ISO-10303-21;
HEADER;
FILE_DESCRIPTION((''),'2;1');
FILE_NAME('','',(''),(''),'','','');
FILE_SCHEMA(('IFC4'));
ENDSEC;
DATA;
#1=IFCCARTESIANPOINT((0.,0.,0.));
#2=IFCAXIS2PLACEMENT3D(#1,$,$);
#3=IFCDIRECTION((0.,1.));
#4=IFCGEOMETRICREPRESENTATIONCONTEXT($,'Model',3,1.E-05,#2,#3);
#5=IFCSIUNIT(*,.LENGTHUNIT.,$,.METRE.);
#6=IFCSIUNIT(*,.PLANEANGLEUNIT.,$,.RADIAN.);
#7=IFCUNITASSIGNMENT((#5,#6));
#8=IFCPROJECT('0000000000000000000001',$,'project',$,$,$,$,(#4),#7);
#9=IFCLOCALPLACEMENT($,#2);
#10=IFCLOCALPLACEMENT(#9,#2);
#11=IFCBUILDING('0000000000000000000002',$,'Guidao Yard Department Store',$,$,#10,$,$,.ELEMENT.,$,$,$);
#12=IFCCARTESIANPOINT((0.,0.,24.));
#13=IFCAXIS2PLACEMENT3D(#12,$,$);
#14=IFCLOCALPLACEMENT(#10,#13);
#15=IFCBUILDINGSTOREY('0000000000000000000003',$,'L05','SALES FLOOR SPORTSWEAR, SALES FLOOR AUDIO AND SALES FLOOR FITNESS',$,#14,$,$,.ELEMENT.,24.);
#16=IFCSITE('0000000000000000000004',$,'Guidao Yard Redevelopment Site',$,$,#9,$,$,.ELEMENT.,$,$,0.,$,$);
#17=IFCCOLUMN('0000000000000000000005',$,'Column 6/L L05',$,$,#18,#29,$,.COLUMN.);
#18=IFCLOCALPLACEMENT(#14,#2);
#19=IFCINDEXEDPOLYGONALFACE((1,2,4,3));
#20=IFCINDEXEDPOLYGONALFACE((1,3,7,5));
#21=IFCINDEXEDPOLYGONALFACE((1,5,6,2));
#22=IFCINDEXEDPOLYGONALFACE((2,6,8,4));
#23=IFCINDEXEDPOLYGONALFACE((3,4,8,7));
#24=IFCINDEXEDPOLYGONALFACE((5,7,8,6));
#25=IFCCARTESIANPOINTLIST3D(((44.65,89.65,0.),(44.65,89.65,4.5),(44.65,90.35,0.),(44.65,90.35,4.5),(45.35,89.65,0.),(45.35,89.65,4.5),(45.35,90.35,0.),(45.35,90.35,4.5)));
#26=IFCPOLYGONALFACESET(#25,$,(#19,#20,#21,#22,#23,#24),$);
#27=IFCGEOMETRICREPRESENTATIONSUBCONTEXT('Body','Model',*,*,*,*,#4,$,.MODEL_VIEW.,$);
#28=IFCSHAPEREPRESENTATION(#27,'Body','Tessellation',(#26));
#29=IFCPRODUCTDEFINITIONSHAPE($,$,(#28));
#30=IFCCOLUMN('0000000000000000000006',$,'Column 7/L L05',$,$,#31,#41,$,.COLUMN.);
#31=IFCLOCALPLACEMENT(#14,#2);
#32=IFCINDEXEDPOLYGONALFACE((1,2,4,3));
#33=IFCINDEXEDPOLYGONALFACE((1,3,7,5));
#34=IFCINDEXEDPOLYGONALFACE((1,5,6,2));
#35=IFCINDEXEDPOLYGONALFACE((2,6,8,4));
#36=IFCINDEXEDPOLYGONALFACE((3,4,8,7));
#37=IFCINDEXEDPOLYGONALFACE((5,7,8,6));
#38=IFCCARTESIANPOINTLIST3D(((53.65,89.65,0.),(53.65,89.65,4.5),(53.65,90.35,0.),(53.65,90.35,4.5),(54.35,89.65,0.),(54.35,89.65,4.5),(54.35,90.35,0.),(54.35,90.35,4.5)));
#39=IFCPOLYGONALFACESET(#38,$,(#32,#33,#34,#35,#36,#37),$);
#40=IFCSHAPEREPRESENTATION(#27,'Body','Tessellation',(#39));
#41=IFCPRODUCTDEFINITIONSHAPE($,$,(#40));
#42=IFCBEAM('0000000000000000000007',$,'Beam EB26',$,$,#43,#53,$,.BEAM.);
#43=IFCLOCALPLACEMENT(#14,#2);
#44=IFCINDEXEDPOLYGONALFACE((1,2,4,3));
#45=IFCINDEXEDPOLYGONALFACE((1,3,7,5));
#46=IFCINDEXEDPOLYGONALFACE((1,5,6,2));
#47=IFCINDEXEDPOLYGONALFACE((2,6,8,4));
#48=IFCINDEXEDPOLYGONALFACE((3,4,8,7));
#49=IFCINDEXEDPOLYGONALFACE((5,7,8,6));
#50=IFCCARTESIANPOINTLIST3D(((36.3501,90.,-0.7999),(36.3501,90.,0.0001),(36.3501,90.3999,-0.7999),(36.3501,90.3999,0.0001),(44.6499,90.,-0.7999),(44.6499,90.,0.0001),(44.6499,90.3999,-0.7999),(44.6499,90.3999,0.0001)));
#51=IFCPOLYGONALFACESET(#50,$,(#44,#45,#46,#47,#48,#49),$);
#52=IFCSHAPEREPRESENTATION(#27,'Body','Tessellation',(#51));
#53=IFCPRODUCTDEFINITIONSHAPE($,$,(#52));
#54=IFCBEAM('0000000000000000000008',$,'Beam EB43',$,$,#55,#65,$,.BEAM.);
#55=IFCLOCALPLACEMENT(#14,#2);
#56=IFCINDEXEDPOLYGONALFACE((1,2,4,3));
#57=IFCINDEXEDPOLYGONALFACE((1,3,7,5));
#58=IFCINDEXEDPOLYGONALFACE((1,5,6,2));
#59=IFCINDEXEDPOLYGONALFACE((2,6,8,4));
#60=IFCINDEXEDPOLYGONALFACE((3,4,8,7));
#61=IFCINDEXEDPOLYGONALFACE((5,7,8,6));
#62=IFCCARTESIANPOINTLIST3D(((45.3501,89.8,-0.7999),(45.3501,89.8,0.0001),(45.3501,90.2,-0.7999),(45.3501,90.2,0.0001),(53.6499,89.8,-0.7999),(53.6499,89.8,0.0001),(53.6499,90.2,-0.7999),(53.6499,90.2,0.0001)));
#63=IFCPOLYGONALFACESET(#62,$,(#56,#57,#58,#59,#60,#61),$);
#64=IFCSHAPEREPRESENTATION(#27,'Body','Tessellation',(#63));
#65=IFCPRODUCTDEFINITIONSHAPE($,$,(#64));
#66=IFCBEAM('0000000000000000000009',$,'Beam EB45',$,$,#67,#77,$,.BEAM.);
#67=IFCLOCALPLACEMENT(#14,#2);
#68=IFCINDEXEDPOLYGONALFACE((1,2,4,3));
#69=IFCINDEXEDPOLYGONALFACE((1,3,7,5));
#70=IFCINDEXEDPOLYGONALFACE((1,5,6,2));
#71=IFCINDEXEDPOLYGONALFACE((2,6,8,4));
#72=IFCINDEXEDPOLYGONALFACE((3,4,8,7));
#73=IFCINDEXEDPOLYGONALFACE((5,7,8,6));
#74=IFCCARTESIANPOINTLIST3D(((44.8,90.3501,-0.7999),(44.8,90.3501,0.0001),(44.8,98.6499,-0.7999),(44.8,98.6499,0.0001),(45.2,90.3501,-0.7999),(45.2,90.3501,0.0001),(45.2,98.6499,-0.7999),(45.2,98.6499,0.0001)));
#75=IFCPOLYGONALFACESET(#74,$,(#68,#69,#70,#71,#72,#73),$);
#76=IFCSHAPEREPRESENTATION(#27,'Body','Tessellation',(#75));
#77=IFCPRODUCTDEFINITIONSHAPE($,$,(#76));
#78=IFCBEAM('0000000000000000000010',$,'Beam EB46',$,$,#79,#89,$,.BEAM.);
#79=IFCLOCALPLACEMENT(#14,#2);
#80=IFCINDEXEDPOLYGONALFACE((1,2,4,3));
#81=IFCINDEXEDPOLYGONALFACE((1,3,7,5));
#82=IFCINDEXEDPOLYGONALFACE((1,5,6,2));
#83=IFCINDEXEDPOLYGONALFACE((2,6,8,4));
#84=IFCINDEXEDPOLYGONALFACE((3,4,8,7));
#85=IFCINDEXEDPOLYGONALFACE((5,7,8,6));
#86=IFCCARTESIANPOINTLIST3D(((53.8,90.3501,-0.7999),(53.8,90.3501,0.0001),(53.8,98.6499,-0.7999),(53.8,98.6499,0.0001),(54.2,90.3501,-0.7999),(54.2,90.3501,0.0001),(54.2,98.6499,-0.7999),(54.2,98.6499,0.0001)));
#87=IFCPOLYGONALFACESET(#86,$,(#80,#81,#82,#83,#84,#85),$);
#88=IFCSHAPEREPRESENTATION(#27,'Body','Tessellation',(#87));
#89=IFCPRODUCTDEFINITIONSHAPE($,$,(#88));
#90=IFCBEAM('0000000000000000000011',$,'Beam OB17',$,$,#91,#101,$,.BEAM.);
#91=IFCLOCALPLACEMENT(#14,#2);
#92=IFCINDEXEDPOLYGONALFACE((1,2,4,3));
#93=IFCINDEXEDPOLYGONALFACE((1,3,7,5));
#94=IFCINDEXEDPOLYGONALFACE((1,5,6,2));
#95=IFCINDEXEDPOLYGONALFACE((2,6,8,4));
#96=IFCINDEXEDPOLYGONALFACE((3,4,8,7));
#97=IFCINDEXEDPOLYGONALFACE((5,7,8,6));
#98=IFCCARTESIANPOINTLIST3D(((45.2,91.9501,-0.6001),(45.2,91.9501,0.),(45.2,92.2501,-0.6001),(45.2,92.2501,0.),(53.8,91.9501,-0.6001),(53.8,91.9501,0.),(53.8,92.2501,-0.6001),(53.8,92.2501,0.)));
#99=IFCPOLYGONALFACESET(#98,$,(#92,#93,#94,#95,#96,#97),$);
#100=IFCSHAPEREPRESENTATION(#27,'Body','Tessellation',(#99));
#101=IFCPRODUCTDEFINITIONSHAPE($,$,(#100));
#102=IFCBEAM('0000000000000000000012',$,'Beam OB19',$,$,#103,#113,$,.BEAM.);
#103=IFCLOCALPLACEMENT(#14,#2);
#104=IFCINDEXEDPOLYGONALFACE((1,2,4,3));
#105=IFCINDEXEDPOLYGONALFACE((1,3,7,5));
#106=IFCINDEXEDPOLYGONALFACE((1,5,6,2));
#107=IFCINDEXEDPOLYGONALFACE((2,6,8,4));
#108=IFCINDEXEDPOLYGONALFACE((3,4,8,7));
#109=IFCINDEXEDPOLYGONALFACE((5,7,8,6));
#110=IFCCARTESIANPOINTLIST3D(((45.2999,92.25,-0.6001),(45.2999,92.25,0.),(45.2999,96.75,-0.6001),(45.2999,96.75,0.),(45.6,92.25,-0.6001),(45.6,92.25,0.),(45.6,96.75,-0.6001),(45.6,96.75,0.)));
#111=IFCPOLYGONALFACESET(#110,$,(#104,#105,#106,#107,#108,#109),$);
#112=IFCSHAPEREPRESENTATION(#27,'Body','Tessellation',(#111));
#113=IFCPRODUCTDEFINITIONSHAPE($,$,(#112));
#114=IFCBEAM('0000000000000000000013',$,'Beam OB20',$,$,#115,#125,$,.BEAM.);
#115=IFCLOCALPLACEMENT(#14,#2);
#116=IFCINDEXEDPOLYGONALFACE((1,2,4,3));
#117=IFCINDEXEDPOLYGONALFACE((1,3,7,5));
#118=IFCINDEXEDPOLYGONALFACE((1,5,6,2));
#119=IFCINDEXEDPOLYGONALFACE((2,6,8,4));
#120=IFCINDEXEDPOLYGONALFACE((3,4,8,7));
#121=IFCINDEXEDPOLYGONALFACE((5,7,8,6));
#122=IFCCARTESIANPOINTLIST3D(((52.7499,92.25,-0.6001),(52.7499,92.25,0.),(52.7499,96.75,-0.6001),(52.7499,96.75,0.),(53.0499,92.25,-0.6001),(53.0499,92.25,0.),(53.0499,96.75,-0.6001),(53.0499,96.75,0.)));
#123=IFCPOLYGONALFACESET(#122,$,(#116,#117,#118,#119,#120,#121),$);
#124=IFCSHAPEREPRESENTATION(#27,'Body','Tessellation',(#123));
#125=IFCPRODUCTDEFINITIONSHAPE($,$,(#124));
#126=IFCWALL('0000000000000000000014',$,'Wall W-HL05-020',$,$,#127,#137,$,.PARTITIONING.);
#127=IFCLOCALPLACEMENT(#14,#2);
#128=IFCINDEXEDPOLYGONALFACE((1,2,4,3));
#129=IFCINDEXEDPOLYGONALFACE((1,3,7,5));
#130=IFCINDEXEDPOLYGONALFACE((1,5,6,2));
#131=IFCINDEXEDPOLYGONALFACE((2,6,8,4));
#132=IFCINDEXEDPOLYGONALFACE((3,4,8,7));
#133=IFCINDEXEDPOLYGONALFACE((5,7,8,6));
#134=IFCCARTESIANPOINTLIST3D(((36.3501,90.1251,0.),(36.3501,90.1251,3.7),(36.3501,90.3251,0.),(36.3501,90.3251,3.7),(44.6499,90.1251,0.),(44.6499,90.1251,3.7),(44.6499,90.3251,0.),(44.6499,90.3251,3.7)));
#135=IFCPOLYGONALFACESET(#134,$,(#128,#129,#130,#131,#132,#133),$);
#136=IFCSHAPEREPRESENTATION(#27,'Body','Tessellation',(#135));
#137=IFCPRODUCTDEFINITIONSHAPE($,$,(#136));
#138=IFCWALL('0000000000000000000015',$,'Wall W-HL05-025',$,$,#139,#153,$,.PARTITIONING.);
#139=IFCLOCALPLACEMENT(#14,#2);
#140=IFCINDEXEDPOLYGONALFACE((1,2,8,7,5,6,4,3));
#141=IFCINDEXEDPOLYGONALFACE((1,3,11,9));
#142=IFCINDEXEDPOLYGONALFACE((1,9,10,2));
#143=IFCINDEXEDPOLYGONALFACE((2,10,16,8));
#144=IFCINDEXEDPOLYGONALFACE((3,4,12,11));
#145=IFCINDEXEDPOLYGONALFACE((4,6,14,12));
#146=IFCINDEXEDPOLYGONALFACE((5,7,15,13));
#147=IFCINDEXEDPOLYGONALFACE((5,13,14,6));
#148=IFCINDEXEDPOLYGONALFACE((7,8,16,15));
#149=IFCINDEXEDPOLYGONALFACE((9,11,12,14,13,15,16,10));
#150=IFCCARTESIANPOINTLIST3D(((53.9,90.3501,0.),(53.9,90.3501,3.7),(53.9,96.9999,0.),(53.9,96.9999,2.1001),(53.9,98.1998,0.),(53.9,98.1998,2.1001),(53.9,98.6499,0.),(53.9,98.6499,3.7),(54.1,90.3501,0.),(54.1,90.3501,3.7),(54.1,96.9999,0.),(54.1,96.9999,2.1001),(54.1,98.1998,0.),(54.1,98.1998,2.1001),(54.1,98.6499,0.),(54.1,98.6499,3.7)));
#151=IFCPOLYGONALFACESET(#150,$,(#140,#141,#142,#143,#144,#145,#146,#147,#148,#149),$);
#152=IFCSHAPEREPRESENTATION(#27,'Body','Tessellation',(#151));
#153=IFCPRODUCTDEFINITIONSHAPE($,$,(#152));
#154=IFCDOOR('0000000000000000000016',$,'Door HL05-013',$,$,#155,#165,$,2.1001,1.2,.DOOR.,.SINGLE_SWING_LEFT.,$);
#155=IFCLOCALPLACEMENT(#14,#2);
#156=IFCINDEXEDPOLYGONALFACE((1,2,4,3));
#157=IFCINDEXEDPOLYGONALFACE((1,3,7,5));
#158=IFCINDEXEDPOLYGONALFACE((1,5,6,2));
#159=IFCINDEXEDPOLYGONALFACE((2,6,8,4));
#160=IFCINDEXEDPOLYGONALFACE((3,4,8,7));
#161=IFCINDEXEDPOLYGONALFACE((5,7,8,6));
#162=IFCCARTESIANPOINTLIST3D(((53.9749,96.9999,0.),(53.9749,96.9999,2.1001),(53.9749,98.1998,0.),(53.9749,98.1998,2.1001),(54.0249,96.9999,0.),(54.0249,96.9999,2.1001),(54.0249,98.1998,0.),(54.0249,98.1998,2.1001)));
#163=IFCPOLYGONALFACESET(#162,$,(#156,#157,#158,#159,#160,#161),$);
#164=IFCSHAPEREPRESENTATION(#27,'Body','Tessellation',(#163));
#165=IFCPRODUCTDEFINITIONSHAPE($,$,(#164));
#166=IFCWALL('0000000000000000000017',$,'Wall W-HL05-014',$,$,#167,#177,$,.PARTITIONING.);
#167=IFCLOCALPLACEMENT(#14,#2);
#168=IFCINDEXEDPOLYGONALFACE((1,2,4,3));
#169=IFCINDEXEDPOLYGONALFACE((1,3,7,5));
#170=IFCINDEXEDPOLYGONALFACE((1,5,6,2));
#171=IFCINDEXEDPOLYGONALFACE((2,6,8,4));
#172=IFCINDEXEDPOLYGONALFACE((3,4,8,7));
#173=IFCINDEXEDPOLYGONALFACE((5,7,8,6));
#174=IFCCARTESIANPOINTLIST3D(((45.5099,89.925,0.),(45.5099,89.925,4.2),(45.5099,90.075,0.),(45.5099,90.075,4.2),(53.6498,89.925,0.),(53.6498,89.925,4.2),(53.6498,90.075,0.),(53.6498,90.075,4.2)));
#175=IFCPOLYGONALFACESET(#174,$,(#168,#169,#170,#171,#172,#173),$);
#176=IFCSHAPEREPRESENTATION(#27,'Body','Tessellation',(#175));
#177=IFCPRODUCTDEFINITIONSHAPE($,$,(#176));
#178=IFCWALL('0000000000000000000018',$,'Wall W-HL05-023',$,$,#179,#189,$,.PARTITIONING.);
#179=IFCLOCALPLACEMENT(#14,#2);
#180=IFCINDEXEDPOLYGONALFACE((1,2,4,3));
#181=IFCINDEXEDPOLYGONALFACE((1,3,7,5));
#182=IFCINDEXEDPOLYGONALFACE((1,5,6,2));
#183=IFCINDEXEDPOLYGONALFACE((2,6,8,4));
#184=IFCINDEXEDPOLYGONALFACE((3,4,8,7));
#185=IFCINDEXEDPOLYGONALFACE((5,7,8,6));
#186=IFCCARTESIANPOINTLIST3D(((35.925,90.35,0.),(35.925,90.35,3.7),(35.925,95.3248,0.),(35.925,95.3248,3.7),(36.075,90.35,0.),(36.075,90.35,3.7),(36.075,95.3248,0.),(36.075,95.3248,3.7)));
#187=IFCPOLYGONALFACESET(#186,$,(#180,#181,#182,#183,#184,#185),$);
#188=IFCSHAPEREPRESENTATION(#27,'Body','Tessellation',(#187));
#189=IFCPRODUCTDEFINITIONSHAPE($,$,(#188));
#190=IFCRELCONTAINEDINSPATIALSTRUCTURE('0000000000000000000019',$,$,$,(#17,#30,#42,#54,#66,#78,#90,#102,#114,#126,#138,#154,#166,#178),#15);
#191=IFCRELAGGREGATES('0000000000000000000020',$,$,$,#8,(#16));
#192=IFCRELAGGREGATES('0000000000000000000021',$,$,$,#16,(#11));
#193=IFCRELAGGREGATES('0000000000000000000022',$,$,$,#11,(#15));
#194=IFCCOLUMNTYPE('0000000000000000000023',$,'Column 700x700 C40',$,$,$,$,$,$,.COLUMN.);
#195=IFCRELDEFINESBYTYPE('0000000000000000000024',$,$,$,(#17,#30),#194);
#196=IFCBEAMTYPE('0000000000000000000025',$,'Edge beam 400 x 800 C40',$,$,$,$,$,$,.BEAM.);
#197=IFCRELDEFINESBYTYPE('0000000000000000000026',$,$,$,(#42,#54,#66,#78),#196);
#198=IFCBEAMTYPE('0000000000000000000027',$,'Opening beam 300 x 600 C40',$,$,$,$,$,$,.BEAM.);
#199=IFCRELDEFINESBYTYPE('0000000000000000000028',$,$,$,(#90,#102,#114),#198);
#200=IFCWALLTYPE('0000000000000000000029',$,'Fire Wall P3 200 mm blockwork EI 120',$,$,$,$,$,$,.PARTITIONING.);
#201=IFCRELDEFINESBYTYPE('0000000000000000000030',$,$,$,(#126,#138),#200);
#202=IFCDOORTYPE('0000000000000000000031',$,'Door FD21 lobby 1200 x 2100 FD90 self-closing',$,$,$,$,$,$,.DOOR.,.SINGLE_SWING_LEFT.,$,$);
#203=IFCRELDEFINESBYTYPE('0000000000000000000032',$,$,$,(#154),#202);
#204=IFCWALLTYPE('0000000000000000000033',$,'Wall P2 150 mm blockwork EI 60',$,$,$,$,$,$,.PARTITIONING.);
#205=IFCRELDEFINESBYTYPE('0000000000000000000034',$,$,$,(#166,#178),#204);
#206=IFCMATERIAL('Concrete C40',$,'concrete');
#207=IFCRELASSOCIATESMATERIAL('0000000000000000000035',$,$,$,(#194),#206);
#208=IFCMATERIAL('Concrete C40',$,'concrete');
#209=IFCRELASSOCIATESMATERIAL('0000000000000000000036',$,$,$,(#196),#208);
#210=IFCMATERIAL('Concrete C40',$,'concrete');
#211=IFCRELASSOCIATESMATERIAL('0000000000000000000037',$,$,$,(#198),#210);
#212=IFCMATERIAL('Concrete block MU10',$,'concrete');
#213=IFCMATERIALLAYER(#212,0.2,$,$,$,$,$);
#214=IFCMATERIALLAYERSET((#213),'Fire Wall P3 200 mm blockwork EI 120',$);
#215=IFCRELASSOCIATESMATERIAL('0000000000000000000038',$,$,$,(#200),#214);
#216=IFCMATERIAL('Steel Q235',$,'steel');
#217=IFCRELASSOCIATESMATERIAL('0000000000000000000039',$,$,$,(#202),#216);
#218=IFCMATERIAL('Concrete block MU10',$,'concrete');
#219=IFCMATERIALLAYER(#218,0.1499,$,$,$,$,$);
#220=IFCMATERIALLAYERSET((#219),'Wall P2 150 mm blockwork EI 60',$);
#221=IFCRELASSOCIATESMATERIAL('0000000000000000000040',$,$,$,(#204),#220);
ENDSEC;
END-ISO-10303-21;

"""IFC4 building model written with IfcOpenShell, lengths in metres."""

from ifc_helpers import new_model, si_unit, direction, frame, frame_2d, origin, origin_2d, place, context, subcontext, project, spatial, rectangle, extrude, material, layer, layer_set, material_profile, profile_set, type_object, element, fill, save


model = new_model("IFC4")

# Units and contexts
model_context = context("Model", 3, precision=1e-05, world=origin(), true_north=direction((0.0, 1.0)))
body_context = subcontext(model_context, "Body", "Model", "MODEL_VIEW")
ifc_project = project(units=[si_unit("LENGTHUNIT", "METRE"), si_unit("PLANEANGLEUNIT", "RADIAN")], contexts=[model_context])

# Site, building, storey
site_placement = place(None, origin())
site = spatial("IfcSite", under=ifc_project, at=site_placement, Name="Guidao Yard Redevelopment Site", CompositionType="ELEMENT", RefElevation=0.0)
building_placement = place(site_placement, origin())
building = spatial("IfcBuilding", under=site, at=building_placement, Name="Guidao Yard Department Store", CompositionType="ELEMENT")
storey_placement = place(building_placement, frame((0.0, 0.0, 24.0)))
storey = spatial("IfcBuildingStorey", under=building, at=storey_placement, Name="L05", Description="SALES FLOOR SPORTSWEAR, SALES FLOOR AUDIO AND SALES FLOOR FITNESS", CompositionType="ELEMENT", Elevation=24.0)

# Columns
ifc_material_1 = material(Name="Concrete C40", Category="concrete")
ifc_material_profile_1 = material_profile(ifc_material_1, rectangle(XDim=0.7, YDim=0.7, at=origin_2d()), Name="COL 700x700")
ifc_profile_set_1 = profile_set([ifc_material_profile_1], Name="Concrete C40")
column_type = type_object("IfcColumnType", Name="Column 700x700 C40", PredefinedType="COLUMN", material=ifc_profile_set_1)
for number, where, z_axis, x_axis, name in (
    (1, (45.0, 90.0, 0.0), (0.0, 0.0, 1.0), (1.0, 0.0, 0.0), "Column 6/L L05"),
    (2, (54.0, 90.0, 0.0), (0.0, 0.0, 1.0), (1.0, 0.0, 0.0), "Column 7/L L05"),
):
    element("IfcColumn", number, at=place(storey_placement, frame(where, z_axis=z_axis, x_axis=x_axis)), inside=storey, type_object=column_type, Name=name, PredefinedType="COLUMN", context=body_context, shape_type="SweptSolid", body=[
        extrude(rectangle(XDim=0.7, YDim=0.7, at=origin_2d()), origin(), (0.0, 0.0, 1.0), 4.5),
    ])

# Beams
ifc_material_2 = material(Name="Concrete C40", Category="concrete")
ifc_material_profile_2 = material_profile(ifc_material_2, rectangle(XDim=0.3999, YDim=0.8, at=origin_2d()), Name="Edge beam 400 x 800 C40")
ifc_profile_set_2 = profile_set([ifc_material_profile_2], Name="Concrete C40")
beam_type_1 = type_object("IfcBeamType", Name="Edge beam 400 x 800 C40", PredefinedType="BEAM", material=ifc_profile_set_2)
for number, where, z_axis, x_axis, name in (
    (3, (36.3501, 90.2, -0.3999), (1.0, 0.0, 0.0), (0.0, 1.0, 0.0), "Beam EB26"),
    (4, (45.3501, 90.0, -0.3999), (1.0, 0.0, 0.0), (0.0, 1.0, 0.0), "Beam EB43"),
    (5, (45.0, 90.3501, -0.3999), (0.0, 1.0, 0.0), (-1.0, 0.0, 0.0), "Beam EB45"),
    (6, (54.0, 90.3501, -0.3999), (0.0, 1.0, 0.0), (-1.0, 0.0, 0.0), "Beam EB46"),
):
    element("IfcBeam", number, at=place(storey_placement, frame(where, z_axis=z_axis, x_axis=x_axis)), inside=storey, type_object=beam_type_1, Name=name, PredefinedType="BEAM", context=body_context, shape_type="SweptSolid", body=[
        extrude(rectangle(XDim=0.3999, YDim=0.8, at=origin_2d()), origin(), (0.0, 0.0, 1.0), 8.2998),
    ])
ifc_material_3 = material(Name="Concrete C40", Category="concrete")
ifc_material_profile_3 = material_profile(ifc_material_3, rectangle(XDim=0.3, YDim=0.6001, at=origin_2d()), Name="Opening beam 300 x 600 C40")
ifc_profile_set_3 = profile_set([ifc_material_profile_3], Name="Concrete C40")
beam_type_2 = type_object("IfcBeamType", Name="Opening beam 300 x 600 C40", PredefinedType="BEAM", material=ifc_profile_set_3)
beam_placement = place(storey_placement, frame((45.2, 92.1001, -0.3), z_axis=(1.0, 0.0, 0.0), x_axis=(0.0, 1.0, 0.0)))
element("IfcBeam", 7, at=beam_placement, inside=storey, type_object=beam_type_2, Name="Beam OB17", PredefinedType="BEAM", context=body_context, shape_type="SweptSolid", body=[
    extrude(rectangle(XDim=0.3, YDim=0.6001, at=origin_2d()), origin(), (0.0, 0.0, 1.0), 8.6001),
])
for number, where, z_axis, x_axis, name in (
    (8, (45.45, 92.25, -0.3), (0.0, 1.0, 0.0), (-1.0, 0.0, 0.0), "Beam OB19"),
    (9, (52.8999, 92.25, -0.3), (0.0, 1.0, 0.0), (-1.0, 0.0, 0.0), "Beam OB20"),
):
    element("IfcBeam", number, at=place(storey_placement, frame(where, z_axis=z_axis, x_axis=x_axis)), inside=storey, type_object=beam_type_2, Name=name, PredefinedType="BEAM", context=body_context, shape_type="SweptSolid", body=[
        extrude(rectangle(XDim=0.3, YDim=0.6001, at=origin_2d()), origin(), (0.0, 0.0, 1.0), 4.5),
    ])

# Wall
ifc_material_4 = material(Name="Concrete block MU10", Category="concrete")
ifc_layer_1 = layer(ifc_material_4, 0.2)
ifc_layer_set_1 = layer_set([ifc_layer_1], Name="Fire Wall P3 200 mm blockwork EI 120")
wall_type_1 = type_object("IfcWallType", Name="Fire Wall P3 200 mm blockwork EI 120", PredefinedType="PARTITIONING", material=ifc_layer_set_1)
wall_1_placement = place(storey_placement, frame((36.3501, 90.2251, 0.0), z_axis=(0.0, 0.0, 1.0), x_axis=(1.0, 0.0, 0.0)))
element("IfcWall", 10, at=wall_1_placement, inside=storey, type_object=wall_type_1, Name="Wall W-HL05-020", PredefinedType="PARTITIONING", context=body_context, shape_type="SweptSolid", body=[
    extrude(rectangle(XDim=8.2998, YDim=0.2, at=frame_2d((4.1499, 0.0))), origin(), (0.0, 0.0, 1.0), 3.7),
])

# Wall, opening, door
wall_2_placement = place(storey_placement, frame((54.0, 90.3501, 0.0), z_axis=(0.0, 0.0, 1.0), x_axis=(0.0, 1.0, 0.0)))
wall_2 = element("IfcWall", 11, at=wall_2_placement, inside=storey, type_object=wall_type_1, Name="Wall W-HL05-025", PredefinedType="PARTITIONING", context=body_context, shape_type="SweptSolid", body=[
    extrude(rectangle(XDim=8.2998, YDim=0.2, at=frame_2d((4.1499, 0.0))), origin(), (0.0, 0.0, 1.0), 3.7),
])
opening_placement = place(wall_2_placement, frame((7.8499, 0.0, 0.0), z_axis=(0.0, 0.0, 1.0), x_axis=(-1.0, 0.0, 0.0)))
opening = element("IfcOpeningElement", 12, at=opening_placement, cuts=wall_2, PredefinedType="OPENING", context=body_context, shape_type="SweptSolid", body=[
    extrude(rectangle(XDim=1.2, YDim=2.1001, at=frame_2d((0.6001, 1.05))), frame((0.0, 0.1099, 0.0), z_axis=(0.0, -1.0, 0.0), x_axis=(1.0, 0.0, 0.0)), (0.0, 0.0, 1.0), 0.22),
])
ifc_material_5 = material(Name="Steel Q235", Category="steel")
door_type = type_object("IfcDoorType", Name="Door FD21 lobby 1200 x 2100 FD90 self-closing", OperationType="SINGLE_SWING_LEFT", PredefinedType="DOOR", material=ifc_material_5)
door_placement = place(opening_placement, origin())
door = element("IfcDoor", 13, at=door_placement, inside=storey, type_object=door_type, Name="Door HL05-013", OperationType="SINGLE_SWING_LEFT", OverallHeight=2.1001, OverallWidth=1.2, PredefinedType="DOOR", context=body_context, shape_type="SweptSolid", body=[
    extrude(rectangle(XDim=1.2, YDim=2.1001, at=frame_2d((0.6001, 1.05))), frame((0.0, 0.0249, 0.0), z_axis=(0.0, -1.0, 0.0), x_axis=(1.0, 0.0, 0.0)), (0.0, 0.0, 1.0), 0.05),
])
fill(opening, door)

# Walls
ifc_material_6 = material(Name="Concrete block MU10", Category="concrete")
ifc_layer_2 = layer(ifc_material_6, 0.1499)
ifc_layer_set_2 = layer_set([ifc_layer_2], Name="Wall P2 150 mm blockwork EI 60")
wall_type_2 = type_object("IfcWallType", Name="Wall P2 150 mm blockwork EI 60", PredefinedType="PARTITIONING", material=ifc_layer_set_2)
wall_3_placement = place(storey_placement, frame((45.51, 90.0, 0.0), z_axis=(0.0, 0.0, 1.0), x_axis=(1.0, 0.0, 0.0)))
element("IfcWall", 14, at=wall_3_placement, inside=storey, type_object=wall_type_2, Name="Wall W-HL05-014", PredefinedType="PARTITIONING", context=body_context, shape_type="SweptSolid", body=[
    extrude(rectangle(XDim=8.1399, YDim=0.1499, at=frame_2d((4.0698, 0.0))), origin(), (0.0, 0.0, 1.0), 4.2),
])
for number, where, z_axis, x_axis, name in (
    (15, (36.0, 90.3501, 0.0), (0.0, 0.0, 1.0), (0.0, 1.0, 0.0), "Wall W-HL05-023"),
):
    element("IfcWall", number, at=place(storey_placement, frame(where, z_axis=z_axis, x_axis=x_axis)), inside=storey, type_object=wall_type_2, Name=name, PredefinedType="PARTITIONING", context=body_context, shape_type="SweptSolid", body=[
        extrude(rectangle(XDim=4.9749, YDim=0.1499, at=frame_2d((2.4873, 0.0))), origin(), (0.0, 0.0, 1.0), 3.7),
    ])

save(model, "model.ifc")
